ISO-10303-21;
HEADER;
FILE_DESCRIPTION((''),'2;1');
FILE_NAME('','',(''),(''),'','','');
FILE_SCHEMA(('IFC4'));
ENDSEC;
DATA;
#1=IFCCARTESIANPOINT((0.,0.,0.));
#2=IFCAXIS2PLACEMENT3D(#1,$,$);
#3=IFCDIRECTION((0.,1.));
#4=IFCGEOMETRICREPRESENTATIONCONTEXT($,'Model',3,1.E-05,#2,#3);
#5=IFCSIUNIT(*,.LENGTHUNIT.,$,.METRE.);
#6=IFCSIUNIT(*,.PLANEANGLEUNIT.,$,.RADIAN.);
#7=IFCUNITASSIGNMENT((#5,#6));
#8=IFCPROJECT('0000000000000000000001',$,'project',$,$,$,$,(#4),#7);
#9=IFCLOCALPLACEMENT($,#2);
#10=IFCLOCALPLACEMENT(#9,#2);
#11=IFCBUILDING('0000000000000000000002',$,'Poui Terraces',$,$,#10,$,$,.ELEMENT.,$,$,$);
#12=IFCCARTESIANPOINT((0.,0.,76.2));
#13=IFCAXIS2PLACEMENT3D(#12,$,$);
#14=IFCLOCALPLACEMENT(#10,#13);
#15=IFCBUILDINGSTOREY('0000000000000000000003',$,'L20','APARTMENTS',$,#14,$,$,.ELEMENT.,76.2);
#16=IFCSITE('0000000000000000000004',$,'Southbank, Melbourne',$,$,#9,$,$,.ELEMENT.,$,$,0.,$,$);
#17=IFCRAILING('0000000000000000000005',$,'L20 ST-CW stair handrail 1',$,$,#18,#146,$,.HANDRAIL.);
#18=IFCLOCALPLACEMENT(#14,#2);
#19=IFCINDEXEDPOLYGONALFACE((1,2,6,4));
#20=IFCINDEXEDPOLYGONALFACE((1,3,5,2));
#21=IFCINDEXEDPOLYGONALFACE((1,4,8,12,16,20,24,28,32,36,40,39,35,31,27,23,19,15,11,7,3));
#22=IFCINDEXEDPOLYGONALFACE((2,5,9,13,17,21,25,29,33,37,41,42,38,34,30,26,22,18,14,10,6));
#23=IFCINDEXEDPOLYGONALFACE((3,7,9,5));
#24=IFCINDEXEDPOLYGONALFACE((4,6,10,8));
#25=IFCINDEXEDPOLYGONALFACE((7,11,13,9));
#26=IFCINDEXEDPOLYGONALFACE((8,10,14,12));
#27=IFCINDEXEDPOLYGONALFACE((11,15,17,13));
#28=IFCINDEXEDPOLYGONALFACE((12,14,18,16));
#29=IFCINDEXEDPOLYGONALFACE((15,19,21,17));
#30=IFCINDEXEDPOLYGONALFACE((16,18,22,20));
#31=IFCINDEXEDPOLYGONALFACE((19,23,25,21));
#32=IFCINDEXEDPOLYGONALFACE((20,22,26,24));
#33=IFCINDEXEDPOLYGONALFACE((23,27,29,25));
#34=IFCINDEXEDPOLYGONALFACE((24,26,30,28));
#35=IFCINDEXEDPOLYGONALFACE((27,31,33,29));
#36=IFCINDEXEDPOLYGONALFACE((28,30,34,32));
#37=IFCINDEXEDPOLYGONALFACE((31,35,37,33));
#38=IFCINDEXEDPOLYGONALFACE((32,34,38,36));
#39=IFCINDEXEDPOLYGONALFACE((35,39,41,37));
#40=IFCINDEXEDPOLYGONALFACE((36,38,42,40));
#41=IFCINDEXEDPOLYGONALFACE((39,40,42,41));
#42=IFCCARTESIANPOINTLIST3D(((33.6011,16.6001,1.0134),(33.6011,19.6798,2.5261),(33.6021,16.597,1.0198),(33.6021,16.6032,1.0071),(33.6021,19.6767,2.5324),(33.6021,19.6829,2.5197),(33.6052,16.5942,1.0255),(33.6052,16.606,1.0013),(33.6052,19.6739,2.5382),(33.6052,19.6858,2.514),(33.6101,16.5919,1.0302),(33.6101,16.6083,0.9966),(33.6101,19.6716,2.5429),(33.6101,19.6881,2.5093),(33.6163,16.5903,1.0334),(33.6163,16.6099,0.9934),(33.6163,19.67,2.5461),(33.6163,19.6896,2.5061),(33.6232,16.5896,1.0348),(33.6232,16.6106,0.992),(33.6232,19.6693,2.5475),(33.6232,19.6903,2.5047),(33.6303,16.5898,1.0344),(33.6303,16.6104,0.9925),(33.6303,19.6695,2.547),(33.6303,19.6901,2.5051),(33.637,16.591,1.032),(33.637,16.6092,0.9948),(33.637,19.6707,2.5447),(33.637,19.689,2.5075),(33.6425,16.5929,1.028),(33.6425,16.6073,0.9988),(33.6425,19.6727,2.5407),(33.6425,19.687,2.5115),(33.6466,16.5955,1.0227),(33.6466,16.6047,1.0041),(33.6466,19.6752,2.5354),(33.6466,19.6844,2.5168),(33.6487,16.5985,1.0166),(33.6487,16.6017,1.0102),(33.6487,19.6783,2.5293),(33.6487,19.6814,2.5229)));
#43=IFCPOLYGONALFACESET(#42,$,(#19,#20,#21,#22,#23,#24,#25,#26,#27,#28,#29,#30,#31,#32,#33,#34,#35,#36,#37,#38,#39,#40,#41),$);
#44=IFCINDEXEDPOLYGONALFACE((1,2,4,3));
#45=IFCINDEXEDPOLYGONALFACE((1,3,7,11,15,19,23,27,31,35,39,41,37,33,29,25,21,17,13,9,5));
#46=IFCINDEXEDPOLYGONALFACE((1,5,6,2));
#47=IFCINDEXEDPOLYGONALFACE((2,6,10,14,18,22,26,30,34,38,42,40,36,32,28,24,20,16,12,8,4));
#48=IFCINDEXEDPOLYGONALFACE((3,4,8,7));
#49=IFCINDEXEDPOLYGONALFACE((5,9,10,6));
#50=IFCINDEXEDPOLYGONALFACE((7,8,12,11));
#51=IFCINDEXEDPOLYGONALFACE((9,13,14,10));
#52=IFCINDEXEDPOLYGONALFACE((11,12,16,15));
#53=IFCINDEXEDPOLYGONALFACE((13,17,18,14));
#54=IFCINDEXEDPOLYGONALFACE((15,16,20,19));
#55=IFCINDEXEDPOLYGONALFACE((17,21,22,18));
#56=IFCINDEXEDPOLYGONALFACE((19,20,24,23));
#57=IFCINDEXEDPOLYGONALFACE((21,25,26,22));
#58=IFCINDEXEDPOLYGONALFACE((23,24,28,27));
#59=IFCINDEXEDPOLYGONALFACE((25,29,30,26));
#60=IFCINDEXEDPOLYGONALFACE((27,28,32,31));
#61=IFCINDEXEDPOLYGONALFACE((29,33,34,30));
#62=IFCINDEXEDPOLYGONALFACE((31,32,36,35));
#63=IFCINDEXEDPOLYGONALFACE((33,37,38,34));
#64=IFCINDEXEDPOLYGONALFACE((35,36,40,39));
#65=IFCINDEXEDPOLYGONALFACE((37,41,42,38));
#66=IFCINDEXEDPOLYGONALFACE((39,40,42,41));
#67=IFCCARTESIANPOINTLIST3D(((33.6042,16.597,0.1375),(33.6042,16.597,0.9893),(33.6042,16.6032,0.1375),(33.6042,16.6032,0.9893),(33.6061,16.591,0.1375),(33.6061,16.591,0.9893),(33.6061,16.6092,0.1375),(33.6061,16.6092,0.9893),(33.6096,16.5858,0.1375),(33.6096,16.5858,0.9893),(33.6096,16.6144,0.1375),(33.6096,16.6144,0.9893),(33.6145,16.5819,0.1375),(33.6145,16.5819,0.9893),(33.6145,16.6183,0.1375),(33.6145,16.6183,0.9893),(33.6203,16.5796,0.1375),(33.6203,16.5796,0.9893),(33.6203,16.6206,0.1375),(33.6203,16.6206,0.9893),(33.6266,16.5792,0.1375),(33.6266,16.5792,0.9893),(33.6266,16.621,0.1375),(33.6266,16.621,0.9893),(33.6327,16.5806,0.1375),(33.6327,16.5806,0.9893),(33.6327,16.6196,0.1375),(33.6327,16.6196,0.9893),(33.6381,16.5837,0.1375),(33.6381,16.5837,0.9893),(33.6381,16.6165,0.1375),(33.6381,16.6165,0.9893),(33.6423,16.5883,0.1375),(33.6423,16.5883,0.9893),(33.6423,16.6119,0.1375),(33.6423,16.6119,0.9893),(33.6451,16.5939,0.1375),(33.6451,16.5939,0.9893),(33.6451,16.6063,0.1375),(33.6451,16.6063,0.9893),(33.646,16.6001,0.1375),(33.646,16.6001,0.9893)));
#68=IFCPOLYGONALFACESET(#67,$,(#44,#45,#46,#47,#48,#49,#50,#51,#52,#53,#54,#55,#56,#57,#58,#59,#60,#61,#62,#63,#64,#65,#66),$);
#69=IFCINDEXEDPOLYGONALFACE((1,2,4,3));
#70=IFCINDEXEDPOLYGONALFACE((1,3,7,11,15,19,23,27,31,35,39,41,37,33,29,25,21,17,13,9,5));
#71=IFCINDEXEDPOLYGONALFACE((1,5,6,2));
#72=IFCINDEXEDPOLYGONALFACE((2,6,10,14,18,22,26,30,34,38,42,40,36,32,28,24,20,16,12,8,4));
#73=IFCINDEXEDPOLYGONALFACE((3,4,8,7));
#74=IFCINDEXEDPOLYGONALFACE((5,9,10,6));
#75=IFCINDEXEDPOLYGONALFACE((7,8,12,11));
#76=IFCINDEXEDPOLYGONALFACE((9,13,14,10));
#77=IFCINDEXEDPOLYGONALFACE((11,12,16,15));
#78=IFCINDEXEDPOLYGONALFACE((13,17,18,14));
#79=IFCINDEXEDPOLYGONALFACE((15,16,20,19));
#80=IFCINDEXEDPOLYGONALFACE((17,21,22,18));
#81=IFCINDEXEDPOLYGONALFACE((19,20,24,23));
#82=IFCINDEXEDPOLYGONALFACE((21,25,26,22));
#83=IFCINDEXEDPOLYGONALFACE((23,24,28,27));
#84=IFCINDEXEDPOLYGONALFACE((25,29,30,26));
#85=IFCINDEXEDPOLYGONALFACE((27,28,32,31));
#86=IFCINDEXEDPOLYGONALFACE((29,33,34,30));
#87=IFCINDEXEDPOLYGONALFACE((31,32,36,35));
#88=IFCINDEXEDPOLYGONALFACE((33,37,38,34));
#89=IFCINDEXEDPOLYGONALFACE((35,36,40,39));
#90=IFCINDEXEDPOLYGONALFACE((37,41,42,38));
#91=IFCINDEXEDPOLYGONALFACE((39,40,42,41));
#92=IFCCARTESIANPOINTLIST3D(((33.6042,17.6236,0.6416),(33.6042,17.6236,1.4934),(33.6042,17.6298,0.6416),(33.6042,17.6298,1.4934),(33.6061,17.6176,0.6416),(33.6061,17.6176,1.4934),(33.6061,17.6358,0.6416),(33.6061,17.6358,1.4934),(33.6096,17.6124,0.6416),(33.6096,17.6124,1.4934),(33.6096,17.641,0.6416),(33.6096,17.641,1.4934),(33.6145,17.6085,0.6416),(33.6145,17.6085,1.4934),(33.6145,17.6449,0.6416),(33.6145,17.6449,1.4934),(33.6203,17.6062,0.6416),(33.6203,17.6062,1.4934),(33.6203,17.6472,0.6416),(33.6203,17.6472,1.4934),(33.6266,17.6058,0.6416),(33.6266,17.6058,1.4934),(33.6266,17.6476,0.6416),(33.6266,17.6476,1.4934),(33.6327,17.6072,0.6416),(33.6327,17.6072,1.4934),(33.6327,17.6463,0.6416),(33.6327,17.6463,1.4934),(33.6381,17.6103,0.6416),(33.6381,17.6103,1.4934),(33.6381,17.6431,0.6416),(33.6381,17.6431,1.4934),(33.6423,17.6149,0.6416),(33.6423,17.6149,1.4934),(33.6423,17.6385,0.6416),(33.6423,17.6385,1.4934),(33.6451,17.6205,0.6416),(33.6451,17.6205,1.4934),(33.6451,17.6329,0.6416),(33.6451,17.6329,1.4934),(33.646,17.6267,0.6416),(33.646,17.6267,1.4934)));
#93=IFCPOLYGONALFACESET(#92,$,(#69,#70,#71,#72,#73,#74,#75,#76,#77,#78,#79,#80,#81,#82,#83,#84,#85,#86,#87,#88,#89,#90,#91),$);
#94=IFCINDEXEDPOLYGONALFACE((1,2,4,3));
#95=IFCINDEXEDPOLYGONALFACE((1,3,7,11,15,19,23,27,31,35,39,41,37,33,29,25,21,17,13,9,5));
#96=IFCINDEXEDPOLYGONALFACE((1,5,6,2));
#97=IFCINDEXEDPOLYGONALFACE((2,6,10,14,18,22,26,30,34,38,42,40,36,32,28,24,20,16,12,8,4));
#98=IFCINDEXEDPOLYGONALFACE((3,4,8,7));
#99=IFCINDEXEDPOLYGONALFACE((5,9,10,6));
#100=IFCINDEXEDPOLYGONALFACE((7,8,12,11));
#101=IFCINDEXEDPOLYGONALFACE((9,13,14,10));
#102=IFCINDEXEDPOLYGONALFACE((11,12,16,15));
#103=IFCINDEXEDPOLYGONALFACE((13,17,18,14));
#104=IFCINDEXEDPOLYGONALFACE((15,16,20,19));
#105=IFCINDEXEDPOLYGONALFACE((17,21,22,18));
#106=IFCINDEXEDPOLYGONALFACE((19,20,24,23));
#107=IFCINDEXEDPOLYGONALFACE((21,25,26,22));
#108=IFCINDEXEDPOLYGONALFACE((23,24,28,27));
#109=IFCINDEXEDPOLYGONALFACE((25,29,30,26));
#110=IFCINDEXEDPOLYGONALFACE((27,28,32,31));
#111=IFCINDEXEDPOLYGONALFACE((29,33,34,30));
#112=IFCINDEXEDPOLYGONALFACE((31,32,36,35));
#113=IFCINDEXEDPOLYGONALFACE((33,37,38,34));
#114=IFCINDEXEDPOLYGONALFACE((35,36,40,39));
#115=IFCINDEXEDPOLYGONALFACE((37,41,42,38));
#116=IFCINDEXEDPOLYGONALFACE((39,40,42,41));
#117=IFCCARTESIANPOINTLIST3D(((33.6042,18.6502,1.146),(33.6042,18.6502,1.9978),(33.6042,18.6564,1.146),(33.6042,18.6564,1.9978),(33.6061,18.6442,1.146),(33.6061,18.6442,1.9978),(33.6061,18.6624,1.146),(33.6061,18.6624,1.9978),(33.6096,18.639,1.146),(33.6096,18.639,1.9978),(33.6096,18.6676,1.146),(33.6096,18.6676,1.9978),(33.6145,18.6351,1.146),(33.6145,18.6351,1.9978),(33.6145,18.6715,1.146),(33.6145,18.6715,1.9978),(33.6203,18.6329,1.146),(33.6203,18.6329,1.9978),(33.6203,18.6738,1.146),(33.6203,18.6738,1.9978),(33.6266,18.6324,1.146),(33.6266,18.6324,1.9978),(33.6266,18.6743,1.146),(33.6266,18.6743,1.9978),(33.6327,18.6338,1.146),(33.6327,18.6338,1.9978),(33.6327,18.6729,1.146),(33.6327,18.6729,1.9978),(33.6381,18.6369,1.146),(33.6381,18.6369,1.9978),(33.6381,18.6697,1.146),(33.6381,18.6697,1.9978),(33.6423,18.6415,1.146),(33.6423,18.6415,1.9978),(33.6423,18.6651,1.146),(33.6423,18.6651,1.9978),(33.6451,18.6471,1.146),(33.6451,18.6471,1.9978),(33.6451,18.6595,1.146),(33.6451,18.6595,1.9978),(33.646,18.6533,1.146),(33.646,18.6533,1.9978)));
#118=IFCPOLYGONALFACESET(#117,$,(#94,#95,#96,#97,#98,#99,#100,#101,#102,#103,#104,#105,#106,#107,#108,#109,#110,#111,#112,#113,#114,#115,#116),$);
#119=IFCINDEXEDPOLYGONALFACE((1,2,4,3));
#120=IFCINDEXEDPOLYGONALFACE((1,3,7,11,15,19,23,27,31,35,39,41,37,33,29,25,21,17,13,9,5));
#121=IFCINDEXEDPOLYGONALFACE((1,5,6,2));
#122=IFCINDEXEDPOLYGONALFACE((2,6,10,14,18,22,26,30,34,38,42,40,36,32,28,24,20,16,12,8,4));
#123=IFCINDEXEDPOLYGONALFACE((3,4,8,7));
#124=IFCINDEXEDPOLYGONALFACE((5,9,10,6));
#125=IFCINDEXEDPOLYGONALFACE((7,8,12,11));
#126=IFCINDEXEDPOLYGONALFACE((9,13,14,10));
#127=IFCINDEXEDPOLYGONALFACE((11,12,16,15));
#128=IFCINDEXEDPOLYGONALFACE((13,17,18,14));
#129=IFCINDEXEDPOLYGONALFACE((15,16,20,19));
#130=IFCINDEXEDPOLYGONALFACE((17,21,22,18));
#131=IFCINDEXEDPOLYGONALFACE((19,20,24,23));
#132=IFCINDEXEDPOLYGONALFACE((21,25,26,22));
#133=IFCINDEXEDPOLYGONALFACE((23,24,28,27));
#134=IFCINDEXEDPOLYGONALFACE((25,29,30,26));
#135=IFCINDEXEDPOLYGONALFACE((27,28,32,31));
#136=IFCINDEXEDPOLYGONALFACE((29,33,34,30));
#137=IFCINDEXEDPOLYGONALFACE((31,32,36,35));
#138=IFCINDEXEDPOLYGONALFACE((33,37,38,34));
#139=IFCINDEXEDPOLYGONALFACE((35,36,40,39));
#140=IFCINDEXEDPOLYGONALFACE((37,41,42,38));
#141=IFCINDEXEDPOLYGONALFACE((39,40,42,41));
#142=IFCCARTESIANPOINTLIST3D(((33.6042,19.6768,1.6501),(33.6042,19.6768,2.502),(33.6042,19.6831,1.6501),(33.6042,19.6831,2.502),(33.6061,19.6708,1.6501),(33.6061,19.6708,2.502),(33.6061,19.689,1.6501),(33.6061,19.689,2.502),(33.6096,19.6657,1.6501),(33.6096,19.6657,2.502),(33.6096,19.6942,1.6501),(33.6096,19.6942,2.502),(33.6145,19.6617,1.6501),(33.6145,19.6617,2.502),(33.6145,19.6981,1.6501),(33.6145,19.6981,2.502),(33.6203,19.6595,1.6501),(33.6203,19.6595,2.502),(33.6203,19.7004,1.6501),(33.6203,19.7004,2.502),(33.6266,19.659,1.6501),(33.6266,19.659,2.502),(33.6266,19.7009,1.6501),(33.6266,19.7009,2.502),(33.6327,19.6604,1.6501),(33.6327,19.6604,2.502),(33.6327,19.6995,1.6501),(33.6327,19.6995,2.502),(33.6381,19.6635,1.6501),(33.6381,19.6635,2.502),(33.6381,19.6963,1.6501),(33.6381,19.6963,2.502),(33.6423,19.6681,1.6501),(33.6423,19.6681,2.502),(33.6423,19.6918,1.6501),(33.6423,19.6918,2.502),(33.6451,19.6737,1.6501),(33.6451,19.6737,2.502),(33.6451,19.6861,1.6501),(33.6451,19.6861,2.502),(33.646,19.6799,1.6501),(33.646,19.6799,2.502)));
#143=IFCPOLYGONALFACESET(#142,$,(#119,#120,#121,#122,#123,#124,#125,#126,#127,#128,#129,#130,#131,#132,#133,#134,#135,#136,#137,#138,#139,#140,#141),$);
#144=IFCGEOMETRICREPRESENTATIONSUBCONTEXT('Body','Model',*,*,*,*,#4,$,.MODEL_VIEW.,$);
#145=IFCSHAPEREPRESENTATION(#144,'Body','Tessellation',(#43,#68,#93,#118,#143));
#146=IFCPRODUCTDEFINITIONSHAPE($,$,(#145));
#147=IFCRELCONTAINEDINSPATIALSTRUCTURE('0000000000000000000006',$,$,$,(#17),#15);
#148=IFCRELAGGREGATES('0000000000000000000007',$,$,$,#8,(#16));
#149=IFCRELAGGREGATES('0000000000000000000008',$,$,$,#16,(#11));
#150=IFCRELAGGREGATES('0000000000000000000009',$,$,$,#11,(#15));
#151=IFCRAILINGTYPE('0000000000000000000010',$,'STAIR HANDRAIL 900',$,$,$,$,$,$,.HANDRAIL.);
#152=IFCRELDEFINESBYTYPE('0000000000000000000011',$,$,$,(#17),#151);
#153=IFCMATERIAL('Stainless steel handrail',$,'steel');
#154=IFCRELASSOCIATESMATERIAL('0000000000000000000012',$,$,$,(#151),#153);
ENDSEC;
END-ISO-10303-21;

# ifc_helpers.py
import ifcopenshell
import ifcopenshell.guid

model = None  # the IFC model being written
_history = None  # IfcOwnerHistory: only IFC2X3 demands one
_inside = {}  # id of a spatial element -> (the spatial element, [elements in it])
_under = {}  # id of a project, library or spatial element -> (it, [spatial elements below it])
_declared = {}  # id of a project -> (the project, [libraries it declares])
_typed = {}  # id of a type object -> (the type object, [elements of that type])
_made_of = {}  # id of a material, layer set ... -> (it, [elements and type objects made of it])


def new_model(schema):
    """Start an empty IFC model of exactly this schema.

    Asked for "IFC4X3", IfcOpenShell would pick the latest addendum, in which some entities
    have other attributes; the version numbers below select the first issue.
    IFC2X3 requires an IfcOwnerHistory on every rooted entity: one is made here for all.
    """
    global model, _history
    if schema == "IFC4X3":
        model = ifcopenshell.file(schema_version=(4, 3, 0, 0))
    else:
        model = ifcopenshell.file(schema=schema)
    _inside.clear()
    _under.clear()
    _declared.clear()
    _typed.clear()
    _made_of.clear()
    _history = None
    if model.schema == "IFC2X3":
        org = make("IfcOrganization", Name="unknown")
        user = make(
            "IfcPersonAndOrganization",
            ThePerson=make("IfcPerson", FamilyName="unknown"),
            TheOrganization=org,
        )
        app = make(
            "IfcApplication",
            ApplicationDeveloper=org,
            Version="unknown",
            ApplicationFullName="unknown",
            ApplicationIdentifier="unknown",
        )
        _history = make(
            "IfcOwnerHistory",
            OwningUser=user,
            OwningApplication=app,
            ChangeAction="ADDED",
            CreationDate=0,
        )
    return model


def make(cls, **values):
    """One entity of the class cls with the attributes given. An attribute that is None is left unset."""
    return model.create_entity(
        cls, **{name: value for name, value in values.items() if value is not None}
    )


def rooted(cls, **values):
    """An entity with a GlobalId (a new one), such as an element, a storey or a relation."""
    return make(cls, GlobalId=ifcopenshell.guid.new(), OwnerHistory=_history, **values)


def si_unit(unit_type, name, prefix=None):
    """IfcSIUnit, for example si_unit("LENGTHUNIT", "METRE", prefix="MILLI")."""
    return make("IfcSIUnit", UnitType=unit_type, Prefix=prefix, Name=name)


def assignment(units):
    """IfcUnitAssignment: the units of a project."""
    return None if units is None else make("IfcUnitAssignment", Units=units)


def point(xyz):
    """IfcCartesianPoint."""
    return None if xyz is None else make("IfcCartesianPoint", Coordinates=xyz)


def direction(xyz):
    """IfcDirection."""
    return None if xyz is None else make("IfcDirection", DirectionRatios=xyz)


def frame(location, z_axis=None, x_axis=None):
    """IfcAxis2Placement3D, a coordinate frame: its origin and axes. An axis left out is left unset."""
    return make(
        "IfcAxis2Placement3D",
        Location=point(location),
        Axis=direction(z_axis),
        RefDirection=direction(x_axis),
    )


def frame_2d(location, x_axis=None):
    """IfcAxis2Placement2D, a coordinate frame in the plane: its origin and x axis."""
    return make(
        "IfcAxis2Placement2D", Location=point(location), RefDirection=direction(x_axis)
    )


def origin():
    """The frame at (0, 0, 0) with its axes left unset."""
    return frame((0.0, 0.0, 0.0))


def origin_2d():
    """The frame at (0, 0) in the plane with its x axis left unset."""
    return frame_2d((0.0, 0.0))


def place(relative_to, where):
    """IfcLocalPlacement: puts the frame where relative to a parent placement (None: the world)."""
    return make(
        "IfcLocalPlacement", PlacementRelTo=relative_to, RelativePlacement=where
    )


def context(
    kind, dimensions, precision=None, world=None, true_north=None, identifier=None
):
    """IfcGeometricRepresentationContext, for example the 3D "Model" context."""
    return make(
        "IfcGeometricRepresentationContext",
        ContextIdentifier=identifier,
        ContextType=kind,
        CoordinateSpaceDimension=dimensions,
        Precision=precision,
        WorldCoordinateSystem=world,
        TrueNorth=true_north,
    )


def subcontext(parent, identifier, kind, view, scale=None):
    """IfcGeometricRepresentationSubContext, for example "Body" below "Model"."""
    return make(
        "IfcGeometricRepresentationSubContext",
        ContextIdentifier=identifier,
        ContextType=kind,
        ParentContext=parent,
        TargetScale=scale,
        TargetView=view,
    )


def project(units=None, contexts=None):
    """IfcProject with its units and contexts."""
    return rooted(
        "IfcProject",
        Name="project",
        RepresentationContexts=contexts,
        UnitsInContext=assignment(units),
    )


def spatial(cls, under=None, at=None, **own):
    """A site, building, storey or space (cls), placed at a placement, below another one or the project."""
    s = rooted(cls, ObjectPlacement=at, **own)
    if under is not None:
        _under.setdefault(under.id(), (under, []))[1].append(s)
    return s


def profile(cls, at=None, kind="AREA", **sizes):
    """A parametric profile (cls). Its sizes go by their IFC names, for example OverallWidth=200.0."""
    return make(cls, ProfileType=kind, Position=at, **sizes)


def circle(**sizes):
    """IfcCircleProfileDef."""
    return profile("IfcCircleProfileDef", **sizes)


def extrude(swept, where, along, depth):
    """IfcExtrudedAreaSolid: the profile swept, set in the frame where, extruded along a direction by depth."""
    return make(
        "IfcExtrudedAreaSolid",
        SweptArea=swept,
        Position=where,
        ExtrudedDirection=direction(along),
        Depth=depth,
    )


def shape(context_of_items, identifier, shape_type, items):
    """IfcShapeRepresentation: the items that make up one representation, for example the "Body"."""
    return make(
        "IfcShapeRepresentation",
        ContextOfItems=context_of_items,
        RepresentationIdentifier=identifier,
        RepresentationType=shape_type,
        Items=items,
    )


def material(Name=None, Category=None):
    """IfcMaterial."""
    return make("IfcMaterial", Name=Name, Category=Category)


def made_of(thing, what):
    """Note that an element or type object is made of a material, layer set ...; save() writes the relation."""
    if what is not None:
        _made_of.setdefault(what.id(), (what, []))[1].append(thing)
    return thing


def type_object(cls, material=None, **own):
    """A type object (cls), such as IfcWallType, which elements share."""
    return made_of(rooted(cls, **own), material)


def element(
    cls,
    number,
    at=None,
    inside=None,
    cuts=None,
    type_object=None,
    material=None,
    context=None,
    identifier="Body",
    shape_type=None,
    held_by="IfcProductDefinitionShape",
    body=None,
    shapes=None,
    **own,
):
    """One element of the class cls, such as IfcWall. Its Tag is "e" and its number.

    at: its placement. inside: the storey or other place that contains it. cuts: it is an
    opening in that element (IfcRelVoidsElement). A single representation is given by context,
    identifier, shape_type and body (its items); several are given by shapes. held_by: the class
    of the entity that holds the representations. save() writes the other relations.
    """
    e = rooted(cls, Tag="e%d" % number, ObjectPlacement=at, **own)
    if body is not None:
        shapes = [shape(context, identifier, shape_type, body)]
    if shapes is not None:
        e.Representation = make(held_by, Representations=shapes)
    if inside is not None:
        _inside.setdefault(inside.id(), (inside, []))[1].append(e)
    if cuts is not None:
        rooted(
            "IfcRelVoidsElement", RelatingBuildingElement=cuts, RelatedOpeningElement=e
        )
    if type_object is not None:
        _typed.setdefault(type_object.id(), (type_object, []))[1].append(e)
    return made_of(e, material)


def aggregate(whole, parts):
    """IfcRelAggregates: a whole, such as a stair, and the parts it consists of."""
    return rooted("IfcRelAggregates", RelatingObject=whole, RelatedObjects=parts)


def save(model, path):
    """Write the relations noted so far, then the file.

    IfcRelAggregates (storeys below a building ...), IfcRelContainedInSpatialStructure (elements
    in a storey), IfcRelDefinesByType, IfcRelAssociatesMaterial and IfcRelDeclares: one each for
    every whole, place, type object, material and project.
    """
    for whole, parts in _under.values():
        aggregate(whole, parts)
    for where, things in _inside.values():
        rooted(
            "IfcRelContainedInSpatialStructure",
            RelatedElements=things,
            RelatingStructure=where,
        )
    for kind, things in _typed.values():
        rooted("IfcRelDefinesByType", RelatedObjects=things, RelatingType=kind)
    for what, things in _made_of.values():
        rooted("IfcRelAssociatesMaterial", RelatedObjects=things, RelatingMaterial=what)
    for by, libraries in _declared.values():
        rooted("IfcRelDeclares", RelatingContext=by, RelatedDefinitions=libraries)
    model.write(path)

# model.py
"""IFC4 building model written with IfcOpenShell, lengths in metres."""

from ifc_helpers import new_model, si_unit, direction, frame, origin, origin_2d, place, context, subcontext, project, spatial, circle, extrude, material, type_object, element, save


model = new_model("IFC4")

# Units and contexts
model_context = context("Model", 3, precision=1e-05, world=origin(), true_north=direction((0.0, 1.0)))
body_context = subcontext(model_context, "Body", "Model", "MODEL_VIEW")
ifc_project = project(units=[si_unit("LENGTHUNIT", "METRE"), si_unit("PLANEANGLEUNIT", "RADIAN")], contexts=[model_context])

# Site, building, storey
site_placement = place(None, origin())
site = spatial("IfcSite", under=ifc_project, at=site_placement, Name="Southbank, Melbourne", CompositionType="ELEMENT", RefElevation=0.0)
building_placement = place(site_placement, origin())
building = spatial("IfcBuilding", under=site, at=building_placement, Name="Poui Terraces", CompositionType="ELEMENT")
storey_placement = place(building_placement, frame((0.0, 0.0, 76.2)))
storey = spatial("IfcBuildingStorey", under=building, at=storey_placement, Name="L20", Description="APARTMENTS", CompositionType="ELEMENT", Elevation=76.2)

# Railing
ifc_material_1 = material(Name="Stainless steel handrail", Category="steel")
railing_type_1 = type_object("IfcRailingType", Name="STAIR HANDRAIL 900", PredefinedType="HANDRAIL", material=ifc_material_1)
railing_1_placement = place(storey_placement, frame((33.625, 16.6001, 0.1375)))
element("IfcRailing", 1, at=railing_1_placement, inside=storey, type_object=railing_type_1, Name="L20 ST-CW stair handrail 1", PredefinedType="HANDRAIL", context=body_context, shape_type="SweptSolid", body=[
    extrude(circle(Radius=0.0239, at=origin_2d()), frame((0.0, 0.0, 0.876), z_axis=(0.0, 0.897578, 0.440856), x_axis=(-1.0, 0.0, 0.0)), (0.0, 0.0, 1.0), 3.4312),
    extrude(circle(Radius=0.021, at=origin_2d()), origin(), (0.0, 0.0, 1.0), 0.8518),
    extrude(circle(Radius=0.021, at=origin_2d()), frame((0.0, 1.0266, 0.5042)), (0.0, 0.0, 1.0), 0.8518),
    extrude(circle(Radius=0.021, at=origin_2d()), frame((0.0, 2.0532, 1.0085)), (0.0, 0.0, 1.0), 0.8518),
    extrude(circle(Radius=0.021, at=origin_2d()), frame((0.0, 3.0798, 1.5127)), (0.0, 0.0, 1.0), 0.8518),
])

save(model, "model.ifc")
